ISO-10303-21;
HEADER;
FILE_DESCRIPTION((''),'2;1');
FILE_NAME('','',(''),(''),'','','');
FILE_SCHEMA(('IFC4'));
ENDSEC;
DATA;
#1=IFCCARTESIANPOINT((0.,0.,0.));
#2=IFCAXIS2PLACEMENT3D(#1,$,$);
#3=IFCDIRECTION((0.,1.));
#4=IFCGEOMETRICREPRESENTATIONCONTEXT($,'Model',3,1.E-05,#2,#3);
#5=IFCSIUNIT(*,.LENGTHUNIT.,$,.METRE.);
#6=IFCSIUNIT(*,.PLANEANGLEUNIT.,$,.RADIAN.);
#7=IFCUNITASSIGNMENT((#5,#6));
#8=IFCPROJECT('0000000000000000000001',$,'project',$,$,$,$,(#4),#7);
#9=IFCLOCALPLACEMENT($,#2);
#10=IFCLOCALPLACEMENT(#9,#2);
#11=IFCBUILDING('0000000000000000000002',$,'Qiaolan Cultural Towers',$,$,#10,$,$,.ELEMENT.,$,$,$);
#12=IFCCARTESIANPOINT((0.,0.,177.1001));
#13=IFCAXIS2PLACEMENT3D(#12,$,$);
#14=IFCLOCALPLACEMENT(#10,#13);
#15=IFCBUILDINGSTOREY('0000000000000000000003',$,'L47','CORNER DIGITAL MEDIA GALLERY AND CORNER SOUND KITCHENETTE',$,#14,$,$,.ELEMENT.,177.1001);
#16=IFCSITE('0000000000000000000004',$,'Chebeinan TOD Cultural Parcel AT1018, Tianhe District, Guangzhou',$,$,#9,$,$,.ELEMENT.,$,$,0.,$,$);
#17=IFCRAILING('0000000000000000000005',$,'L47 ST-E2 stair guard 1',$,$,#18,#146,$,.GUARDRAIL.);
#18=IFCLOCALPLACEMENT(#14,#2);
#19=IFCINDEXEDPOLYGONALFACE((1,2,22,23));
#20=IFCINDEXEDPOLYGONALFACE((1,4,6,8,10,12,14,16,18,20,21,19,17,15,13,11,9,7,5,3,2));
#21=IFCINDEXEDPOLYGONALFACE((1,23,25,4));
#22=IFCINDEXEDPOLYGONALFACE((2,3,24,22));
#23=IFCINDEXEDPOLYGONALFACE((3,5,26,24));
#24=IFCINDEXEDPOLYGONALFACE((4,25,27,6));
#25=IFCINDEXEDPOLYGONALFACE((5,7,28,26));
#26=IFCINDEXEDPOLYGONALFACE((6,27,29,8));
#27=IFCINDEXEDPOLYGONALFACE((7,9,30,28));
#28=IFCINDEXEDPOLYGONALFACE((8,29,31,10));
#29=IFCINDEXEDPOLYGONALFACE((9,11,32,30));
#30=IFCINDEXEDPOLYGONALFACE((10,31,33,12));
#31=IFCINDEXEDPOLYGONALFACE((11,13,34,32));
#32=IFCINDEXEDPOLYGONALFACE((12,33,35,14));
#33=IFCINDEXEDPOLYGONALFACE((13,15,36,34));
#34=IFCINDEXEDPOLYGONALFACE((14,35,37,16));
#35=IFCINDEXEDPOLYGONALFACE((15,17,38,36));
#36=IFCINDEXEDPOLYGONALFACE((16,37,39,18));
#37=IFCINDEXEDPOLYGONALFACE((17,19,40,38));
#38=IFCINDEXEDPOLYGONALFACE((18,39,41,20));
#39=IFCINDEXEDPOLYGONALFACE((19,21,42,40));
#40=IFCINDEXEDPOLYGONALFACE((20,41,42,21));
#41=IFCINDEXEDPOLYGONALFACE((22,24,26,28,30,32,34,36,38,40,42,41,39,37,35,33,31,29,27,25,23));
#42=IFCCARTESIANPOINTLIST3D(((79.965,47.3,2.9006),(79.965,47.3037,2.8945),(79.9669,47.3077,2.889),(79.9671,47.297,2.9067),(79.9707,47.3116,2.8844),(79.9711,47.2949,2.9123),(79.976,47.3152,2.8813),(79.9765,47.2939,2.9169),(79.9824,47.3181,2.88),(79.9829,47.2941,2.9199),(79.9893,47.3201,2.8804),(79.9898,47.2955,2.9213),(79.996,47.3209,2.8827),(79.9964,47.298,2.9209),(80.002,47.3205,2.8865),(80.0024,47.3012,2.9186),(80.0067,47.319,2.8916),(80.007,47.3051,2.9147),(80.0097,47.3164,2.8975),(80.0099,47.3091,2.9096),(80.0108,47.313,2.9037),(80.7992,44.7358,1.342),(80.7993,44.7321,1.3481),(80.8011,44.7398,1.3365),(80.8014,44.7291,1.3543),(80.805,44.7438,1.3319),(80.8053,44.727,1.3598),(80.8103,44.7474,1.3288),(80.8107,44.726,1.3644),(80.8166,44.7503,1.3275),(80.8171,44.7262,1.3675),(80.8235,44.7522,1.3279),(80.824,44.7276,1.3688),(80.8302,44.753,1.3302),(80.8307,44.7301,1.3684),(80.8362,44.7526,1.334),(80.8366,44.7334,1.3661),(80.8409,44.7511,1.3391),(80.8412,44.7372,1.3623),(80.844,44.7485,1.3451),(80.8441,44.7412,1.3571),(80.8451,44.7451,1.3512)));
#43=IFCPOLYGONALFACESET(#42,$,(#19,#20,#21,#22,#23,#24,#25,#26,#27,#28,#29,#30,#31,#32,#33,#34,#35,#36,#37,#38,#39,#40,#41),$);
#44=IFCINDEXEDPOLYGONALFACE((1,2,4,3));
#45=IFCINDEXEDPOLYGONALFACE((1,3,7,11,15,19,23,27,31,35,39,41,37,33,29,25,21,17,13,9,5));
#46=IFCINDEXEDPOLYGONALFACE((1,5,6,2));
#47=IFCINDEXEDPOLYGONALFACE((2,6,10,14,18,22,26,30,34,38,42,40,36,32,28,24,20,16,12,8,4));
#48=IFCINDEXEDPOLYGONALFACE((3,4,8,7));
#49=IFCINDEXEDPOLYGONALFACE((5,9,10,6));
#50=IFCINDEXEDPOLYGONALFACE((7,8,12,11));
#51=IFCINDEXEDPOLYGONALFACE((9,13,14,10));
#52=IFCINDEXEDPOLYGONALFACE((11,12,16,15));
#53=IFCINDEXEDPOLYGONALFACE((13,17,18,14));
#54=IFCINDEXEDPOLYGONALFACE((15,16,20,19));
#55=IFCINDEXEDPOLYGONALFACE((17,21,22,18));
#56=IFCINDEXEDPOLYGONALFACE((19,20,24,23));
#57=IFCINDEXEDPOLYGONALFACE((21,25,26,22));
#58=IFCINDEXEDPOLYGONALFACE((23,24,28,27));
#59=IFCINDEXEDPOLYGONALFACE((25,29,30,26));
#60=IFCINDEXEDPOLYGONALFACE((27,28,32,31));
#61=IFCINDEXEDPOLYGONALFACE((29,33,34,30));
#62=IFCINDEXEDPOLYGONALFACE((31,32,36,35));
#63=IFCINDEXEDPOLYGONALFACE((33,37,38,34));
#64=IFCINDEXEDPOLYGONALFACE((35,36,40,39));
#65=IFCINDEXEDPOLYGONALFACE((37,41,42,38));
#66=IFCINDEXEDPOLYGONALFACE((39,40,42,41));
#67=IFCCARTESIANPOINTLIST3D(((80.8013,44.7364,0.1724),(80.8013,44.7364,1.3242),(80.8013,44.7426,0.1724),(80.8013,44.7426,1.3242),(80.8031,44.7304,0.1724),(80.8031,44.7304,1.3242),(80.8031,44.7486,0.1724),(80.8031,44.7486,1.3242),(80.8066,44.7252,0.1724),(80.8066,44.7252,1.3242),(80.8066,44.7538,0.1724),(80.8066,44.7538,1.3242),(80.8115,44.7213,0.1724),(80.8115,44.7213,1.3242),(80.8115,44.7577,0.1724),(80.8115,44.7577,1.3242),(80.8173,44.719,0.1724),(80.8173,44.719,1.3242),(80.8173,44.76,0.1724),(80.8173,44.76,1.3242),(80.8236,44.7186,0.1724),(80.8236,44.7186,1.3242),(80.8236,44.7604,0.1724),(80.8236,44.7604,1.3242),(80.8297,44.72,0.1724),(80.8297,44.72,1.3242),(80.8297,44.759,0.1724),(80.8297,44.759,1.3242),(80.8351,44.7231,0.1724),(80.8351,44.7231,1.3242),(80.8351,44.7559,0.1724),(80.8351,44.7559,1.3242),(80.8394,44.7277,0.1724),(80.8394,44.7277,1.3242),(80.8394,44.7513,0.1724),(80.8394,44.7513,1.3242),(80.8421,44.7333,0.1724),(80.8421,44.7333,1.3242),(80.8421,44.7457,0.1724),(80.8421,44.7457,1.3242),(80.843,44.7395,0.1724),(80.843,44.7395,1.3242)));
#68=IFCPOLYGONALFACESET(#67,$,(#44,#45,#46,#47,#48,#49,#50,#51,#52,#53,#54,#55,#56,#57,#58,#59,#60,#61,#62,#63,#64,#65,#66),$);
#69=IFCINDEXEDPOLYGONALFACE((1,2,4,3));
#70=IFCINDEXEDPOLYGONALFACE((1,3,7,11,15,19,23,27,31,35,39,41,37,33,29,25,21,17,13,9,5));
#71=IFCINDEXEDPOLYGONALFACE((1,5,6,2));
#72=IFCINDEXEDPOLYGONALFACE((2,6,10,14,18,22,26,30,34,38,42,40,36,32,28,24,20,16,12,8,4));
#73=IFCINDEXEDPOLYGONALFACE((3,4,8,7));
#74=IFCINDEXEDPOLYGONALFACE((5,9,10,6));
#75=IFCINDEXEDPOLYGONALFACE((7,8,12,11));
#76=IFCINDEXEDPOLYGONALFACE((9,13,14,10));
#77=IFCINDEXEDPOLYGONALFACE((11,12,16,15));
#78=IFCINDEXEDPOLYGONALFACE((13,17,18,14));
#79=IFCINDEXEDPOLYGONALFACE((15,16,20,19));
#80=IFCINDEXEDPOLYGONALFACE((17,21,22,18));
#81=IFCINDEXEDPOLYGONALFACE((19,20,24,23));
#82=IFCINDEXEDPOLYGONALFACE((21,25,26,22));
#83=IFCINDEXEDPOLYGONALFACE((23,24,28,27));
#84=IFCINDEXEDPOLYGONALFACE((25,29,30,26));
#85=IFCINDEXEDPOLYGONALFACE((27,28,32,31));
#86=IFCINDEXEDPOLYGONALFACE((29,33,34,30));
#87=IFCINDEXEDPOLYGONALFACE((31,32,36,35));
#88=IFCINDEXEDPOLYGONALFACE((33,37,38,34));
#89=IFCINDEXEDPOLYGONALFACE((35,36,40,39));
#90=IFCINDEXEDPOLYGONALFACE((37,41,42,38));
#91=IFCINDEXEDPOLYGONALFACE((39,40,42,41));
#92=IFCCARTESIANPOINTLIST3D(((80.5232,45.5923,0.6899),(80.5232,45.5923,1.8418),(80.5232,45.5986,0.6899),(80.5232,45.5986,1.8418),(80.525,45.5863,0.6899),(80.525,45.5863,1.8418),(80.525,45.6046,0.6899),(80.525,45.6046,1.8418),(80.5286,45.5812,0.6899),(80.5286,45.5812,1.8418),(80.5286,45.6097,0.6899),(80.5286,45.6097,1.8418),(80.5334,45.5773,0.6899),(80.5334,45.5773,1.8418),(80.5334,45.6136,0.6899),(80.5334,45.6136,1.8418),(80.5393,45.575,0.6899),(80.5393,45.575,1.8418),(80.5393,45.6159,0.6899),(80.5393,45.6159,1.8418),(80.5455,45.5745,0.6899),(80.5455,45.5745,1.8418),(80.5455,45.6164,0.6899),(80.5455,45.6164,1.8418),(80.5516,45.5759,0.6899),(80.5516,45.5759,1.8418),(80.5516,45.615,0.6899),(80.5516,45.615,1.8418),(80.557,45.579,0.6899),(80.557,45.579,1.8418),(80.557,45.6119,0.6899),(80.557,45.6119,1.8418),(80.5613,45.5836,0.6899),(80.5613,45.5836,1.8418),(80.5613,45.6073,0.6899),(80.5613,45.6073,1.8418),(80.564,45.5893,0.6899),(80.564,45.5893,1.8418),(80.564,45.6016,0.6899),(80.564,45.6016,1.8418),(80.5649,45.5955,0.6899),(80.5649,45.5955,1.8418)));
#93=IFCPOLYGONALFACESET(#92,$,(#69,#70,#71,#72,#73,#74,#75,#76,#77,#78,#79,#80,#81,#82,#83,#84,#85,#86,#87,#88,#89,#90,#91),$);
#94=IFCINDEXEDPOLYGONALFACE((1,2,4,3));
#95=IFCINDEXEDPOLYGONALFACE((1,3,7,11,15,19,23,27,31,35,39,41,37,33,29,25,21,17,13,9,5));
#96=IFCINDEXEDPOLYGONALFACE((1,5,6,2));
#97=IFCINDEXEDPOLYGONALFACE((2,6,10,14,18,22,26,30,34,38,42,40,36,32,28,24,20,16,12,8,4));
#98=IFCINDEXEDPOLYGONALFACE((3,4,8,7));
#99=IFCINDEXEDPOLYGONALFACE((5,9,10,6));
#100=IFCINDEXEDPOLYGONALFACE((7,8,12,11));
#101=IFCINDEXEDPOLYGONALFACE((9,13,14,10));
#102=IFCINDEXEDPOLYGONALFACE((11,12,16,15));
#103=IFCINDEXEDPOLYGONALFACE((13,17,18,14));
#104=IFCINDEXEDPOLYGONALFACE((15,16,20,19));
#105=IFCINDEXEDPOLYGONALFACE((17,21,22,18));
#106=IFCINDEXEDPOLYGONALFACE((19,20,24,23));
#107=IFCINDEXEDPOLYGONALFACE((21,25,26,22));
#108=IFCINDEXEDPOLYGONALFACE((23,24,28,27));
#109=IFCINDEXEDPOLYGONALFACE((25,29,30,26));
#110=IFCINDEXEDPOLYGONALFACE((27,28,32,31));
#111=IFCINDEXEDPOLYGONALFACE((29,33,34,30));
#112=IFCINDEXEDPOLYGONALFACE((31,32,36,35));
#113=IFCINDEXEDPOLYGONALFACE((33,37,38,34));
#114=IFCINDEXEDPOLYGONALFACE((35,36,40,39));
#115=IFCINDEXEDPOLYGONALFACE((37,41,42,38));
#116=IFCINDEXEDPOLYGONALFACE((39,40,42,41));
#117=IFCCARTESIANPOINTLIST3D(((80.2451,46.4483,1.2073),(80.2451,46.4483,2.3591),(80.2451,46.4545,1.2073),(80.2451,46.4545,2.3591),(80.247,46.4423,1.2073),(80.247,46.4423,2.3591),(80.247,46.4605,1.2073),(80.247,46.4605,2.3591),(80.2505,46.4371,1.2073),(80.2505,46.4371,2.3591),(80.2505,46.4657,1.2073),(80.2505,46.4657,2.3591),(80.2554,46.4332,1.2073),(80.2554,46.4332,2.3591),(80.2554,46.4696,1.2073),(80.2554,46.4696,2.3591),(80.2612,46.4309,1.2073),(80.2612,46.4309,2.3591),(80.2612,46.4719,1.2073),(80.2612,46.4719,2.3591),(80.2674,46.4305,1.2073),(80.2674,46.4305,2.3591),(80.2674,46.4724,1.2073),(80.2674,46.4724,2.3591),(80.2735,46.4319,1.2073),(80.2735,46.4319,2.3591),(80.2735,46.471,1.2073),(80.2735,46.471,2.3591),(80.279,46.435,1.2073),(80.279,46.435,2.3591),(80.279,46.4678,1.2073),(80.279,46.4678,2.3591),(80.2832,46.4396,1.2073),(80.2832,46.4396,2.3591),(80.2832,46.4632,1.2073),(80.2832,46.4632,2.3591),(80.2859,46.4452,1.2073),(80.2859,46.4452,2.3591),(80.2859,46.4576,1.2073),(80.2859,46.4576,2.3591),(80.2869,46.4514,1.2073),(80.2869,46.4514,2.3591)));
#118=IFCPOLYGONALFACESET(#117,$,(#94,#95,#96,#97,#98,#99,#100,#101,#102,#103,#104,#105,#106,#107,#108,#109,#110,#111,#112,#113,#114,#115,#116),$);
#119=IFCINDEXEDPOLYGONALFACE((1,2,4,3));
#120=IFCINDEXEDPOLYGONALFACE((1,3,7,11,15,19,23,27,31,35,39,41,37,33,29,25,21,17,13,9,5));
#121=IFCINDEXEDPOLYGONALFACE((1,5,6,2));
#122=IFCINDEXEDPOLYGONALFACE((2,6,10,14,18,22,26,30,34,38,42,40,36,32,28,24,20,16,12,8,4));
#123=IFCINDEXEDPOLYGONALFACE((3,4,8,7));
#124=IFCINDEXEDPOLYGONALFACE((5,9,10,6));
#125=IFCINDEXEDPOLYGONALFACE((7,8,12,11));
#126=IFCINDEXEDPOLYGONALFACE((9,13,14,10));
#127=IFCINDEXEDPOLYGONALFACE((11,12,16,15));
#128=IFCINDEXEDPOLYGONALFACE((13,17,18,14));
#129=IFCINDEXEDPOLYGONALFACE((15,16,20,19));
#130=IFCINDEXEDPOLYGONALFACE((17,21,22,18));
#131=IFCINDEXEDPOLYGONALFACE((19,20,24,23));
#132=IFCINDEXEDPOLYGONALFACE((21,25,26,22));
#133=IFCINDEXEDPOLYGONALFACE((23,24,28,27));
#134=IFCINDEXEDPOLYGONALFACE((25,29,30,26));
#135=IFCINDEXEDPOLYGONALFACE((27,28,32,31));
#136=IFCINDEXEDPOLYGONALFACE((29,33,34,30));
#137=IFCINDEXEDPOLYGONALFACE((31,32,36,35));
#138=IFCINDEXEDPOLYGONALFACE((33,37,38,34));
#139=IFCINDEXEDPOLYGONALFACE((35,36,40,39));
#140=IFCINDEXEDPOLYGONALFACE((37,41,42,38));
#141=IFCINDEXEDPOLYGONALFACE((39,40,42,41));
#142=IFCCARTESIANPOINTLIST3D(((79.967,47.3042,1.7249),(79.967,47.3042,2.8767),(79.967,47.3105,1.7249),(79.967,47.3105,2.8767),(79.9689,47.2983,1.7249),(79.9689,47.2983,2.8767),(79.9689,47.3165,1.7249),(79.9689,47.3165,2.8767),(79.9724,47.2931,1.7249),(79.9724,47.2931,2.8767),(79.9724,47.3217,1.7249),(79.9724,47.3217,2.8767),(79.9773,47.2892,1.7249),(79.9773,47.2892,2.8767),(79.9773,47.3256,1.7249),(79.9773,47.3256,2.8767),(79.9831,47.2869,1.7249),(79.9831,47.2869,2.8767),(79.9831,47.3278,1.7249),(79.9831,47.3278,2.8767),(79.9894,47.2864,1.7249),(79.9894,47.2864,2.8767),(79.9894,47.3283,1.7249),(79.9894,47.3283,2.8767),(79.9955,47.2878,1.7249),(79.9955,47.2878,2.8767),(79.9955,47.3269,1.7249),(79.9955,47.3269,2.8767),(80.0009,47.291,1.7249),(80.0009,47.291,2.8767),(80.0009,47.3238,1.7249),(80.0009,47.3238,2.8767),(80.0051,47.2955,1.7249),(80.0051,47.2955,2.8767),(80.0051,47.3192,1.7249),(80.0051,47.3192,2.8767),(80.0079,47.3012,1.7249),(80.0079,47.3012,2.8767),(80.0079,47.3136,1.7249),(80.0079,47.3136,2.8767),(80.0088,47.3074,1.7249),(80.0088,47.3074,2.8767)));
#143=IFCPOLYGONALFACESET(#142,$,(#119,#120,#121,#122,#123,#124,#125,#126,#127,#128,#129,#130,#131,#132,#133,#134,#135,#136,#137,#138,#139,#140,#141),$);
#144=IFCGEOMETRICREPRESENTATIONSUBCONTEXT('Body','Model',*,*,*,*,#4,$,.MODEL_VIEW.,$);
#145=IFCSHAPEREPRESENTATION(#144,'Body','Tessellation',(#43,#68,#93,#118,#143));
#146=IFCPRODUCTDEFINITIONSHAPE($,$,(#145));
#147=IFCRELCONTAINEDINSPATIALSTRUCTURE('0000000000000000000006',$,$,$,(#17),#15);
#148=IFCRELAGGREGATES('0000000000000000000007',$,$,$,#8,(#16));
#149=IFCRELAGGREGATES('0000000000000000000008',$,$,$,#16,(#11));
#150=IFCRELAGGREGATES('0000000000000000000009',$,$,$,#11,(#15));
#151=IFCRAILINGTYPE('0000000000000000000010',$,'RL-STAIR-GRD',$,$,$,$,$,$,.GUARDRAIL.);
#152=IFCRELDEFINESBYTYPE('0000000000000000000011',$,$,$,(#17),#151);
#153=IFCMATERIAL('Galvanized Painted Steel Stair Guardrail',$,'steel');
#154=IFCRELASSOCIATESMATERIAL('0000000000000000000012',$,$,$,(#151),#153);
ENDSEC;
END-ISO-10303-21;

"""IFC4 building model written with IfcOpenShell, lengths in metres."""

from ifc_helpers import new_model, si_unit, direction, frame, origin, origin_2d, place, context, subcontext, project, spatial, circle, extrude, material, type_object, element, save


model = new_model("IFC4")

# Units and contexts
model_context = context("Model", 3, precision=1e-05, world=origin(), true_north=direction((0.0, 1.0)))
body_context = subcontext(model_context, "Body", "Model", "MODEL_VIEW")
ifc_project = project(units=[si_unit("LENGTHUNIT", "METRE"), si_unit("PLANEANGLEUNIT", "RADIAN")], contexts=[model_context])

# Site, building, storey
site_placement = place(None, origin())
site = spatial("IfcSite", under=ifc_project, at=site_placement, Name="Chebeinan TOD Cultural Parcel AT1018, Tianhe District, Guangzhou", CompositionType="ELEMENT", RefElevation=0.0)
building_placement = place(site_placement, origin())
building = spatial("IfcBuilding", under=site, at=building_placement, Name="Qiaolan Cultural Towers", CompositionType="ELEMENT")
storey_placement = place(building_placement, frame((0.0, 0.0, 177.1001)))
storey = spatial("IfcBuildingStorey", under=building, at=storey_placement, Name="L47", Description="CORNER DIGITAL MEDIA GALLERY AND CORNER SOUND KITCHENETTE", CompositionType="ELEMENT", Elevation=177.1001)

# Railing
ifc_material_1 = material(Name="Galvanized Painted Steel Stair Guardrail", Category="steel")
railing_type_1 = type_object("IfcRailingType", Name="RL-STAIR-GRD", PredefinedType="GUARDRAIL", material=ifc_material_1)
railing_1_placement = place(storey_placement, frame((80.822, 44.7395, 0.1724)))
element("IfcRailing", 1, at=railing_1_placement, inside=storey, type_object=railing_type_1, Name="L47 ST-E2 stair guard 1", PredefinedType="GUARDRAIL", context=body_context, shape_type="SweptSolid", body=[
    extrude(circle(Radius=0.0239, at=origin_2d()), frame((0.0, 0.0, 1.1758), z_axis=(-0.267853, 0.824488, 0.498471), x_axis=(-0.95107, -0.308976, 0.0)), (0.0, 0.0, 1.0), 3.1145),
    extrude(circle(Radius=0.021, at=origin_2d()), origin(), (0.0, 0.0, 1.0), 1.1519),
    extrude(circle(Radius=0.021, at=origin_2d()), frame((-0.2781, 0.856, 0.5176)), (0.0, 0.0, 1.0), 1.1519),
    extrude(circle(Radius=0.021, at=origin_2d()), frame((-0.5562, 1.7119, 1.0349)), (0.0, 0.0, 1.0), 1.1519),
    extrude(circle(Radius=0.021, at=origin_2d()), frame((-0.8342, 2.5679, 1.5525)), (0.0, 0.0, 1.0), 1.1519),
])

save(model, "model.ifc")
